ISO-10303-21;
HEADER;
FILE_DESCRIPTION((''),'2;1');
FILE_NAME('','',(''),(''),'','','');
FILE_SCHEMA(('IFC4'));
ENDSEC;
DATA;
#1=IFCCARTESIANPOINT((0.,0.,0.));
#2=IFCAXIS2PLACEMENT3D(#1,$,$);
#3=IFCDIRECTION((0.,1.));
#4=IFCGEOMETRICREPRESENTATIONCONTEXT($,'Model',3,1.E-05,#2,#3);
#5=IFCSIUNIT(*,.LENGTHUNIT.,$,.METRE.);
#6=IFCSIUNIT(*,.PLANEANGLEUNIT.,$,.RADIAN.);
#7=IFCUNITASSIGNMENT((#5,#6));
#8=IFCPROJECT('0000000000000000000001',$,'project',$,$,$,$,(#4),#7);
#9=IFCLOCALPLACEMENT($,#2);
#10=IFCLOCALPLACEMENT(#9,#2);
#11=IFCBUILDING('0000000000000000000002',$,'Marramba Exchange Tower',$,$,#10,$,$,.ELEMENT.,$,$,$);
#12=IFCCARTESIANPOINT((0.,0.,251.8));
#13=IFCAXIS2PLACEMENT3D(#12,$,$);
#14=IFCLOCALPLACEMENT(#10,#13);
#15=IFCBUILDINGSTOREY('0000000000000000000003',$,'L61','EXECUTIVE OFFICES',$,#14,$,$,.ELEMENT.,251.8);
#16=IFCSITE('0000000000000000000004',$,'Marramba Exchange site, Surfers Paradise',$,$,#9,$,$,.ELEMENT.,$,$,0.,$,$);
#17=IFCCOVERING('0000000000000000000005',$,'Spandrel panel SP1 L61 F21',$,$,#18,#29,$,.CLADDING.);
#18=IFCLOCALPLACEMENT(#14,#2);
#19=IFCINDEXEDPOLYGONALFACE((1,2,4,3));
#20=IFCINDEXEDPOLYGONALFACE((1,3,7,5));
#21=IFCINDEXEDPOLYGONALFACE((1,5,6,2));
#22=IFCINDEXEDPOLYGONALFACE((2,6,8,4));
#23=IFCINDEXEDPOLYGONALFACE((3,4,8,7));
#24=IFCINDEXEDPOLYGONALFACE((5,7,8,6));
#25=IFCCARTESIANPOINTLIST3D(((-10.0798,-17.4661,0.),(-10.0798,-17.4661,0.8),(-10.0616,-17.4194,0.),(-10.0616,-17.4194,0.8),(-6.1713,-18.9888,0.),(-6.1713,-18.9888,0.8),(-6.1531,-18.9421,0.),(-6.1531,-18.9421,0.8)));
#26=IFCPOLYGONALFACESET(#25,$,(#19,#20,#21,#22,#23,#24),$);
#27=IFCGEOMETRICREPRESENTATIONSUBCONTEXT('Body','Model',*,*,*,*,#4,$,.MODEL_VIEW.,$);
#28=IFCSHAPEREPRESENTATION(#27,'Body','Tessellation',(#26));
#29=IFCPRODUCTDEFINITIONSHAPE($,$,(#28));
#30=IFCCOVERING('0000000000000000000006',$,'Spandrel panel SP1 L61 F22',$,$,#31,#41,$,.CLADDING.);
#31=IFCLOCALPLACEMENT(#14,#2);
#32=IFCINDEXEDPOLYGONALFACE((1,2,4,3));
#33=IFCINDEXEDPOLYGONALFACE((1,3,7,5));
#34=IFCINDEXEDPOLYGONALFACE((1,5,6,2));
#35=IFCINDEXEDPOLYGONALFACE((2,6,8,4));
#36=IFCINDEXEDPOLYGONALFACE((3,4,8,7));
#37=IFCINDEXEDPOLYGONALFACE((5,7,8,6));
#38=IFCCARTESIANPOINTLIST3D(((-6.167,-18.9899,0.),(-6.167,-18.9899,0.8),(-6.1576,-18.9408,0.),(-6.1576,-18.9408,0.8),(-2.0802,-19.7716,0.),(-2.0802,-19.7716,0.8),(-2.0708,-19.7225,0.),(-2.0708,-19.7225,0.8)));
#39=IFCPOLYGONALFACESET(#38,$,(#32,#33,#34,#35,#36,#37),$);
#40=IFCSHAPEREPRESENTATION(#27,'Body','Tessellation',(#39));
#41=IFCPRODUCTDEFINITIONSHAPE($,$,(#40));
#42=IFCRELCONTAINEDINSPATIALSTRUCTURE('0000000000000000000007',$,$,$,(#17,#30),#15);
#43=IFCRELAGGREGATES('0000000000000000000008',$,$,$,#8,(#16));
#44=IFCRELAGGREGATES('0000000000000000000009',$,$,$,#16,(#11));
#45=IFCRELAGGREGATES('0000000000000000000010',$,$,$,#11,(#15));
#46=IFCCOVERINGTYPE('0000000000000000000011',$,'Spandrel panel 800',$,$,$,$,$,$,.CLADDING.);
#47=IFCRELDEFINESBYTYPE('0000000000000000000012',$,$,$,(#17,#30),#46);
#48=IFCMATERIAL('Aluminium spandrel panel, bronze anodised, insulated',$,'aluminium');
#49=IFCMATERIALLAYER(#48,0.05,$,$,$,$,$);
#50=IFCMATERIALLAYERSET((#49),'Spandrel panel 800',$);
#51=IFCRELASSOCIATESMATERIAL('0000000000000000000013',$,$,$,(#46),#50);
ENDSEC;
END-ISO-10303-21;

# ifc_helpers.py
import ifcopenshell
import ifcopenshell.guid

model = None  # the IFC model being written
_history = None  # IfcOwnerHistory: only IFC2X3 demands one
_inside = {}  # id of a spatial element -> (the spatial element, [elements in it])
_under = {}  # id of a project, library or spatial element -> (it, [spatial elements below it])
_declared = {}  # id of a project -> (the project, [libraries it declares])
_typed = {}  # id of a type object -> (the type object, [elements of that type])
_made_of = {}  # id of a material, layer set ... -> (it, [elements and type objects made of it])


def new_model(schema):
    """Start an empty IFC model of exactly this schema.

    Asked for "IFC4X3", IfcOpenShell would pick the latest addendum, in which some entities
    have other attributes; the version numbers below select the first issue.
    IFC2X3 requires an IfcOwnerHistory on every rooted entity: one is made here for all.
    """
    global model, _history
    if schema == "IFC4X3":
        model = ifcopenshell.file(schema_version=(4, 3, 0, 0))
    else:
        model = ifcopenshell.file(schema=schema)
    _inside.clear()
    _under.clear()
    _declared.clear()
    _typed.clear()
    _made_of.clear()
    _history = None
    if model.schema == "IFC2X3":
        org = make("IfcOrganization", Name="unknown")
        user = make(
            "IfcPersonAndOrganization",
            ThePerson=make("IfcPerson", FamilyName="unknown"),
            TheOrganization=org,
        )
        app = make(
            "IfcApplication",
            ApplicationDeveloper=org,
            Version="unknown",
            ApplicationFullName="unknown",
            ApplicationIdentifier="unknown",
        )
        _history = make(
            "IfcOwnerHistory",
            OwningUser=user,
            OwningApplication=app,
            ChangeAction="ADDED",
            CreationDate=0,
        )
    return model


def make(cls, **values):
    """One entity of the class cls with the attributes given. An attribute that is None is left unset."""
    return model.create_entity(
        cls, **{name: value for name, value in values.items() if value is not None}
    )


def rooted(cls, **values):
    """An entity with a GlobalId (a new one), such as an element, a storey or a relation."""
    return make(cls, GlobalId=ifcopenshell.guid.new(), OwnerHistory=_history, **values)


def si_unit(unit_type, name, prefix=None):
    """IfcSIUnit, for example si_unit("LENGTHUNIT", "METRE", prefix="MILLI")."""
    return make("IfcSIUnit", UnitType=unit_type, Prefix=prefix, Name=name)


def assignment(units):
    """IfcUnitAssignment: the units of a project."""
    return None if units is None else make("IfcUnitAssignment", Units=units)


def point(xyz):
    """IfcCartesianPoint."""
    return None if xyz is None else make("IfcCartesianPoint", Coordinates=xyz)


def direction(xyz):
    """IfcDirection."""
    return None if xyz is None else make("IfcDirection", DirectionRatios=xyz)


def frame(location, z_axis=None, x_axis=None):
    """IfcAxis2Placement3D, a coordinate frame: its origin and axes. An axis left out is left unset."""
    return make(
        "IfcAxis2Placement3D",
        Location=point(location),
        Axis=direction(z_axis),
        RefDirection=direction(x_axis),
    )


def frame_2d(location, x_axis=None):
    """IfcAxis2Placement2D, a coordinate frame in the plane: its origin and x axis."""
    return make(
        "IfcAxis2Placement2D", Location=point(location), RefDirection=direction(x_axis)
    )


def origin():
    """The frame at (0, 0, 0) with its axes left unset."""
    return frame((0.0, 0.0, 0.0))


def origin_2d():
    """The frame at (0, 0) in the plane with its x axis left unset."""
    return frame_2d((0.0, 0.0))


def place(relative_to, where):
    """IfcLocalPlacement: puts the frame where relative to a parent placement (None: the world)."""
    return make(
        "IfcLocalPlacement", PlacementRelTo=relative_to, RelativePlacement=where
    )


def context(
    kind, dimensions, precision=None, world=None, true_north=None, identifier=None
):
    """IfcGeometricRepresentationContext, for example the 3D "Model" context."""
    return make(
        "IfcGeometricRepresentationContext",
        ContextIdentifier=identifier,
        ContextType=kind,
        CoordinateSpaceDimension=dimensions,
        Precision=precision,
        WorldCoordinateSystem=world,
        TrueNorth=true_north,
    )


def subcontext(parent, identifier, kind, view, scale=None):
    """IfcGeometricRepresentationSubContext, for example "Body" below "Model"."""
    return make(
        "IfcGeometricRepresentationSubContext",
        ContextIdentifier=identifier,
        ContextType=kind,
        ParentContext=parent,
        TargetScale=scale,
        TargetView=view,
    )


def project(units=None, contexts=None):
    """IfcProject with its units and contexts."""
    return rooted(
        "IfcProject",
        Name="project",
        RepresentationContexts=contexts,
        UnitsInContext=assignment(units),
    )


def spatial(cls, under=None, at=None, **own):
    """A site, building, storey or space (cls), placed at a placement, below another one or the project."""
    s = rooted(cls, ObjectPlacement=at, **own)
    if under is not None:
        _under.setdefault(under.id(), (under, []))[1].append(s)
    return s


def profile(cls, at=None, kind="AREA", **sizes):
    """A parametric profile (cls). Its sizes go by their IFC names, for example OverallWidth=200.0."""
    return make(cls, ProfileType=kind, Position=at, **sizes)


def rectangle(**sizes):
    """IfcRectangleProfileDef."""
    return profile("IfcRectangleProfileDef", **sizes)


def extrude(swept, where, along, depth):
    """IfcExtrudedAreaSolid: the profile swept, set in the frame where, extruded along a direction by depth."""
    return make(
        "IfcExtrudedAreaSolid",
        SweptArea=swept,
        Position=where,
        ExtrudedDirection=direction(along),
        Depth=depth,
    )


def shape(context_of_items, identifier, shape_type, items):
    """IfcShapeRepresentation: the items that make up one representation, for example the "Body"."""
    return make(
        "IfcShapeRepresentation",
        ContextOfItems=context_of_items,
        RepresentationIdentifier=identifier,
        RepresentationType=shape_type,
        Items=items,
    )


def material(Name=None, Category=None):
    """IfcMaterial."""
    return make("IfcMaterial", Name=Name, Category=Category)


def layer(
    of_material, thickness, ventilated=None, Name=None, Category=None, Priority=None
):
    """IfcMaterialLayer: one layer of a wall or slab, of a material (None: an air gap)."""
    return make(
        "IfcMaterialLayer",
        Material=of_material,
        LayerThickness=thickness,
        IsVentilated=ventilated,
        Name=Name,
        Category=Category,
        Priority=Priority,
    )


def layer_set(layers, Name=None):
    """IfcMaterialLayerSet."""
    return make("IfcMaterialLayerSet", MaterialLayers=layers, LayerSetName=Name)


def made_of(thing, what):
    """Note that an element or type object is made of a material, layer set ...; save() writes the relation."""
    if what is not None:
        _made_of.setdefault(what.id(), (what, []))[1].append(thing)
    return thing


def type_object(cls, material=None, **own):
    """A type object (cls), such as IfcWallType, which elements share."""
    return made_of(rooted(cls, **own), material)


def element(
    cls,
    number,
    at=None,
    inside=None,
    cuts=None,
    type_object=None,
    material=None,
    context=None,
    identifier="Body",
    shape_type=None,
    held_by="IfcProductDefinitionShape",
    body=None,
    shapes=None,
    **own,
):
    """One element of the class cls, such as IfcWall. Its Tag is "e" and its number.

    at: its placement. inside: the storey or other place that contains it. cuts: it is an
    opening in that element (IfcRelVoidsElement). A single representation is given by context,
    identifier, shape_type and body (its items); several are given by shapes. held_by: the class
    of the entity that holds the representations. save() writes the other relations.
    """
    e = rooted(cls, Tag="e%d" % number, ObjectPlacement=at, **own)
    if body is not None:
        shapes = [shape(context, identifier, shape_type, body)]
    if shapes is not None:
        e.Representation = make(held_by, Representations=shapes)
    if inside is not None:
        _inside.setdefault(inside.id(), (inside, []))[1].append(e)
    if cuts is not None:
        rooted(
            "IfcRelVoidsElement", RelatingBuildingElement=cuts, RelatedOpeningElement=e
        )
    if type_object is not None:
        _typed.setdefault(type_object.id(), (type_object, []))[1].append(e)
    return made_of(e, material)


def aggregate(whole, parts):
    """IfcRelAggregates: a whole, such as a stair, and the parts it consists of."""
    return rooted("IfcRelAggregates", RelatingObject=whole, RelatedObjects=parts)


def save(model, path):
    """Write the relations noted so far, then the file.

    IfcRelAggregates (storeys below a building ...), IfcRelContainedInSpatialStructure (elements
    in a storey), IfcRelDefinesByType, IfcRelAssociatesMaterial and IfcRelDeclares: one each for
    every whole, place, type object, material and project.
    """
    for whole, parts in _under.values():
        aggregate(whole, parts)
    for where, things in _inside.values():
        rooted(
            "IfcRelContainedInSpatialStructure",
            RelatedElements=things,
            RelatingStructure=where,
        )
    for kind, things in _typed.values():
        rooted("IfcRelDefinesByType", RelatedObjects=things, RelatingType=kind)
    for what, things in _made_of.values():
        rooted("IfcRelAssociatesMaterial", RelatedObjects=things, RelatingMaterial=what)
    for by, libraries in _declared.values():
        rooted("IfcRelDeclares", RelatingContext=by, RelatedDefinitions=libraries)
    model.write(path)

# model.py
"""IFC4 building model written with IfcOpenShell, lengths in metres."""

from ifc_helpers import new_model, si_unit, direction, frame, origin, origin_2d, place, context, subcontext, project, spatial, rectangle, extrude, material, layer, layer_set, type_object, element, save


model = new_model("IFC4")

# Units and contexts
model_context = context("Model", 3, precision=1e-05, world=origin(), true_north=direction((0.0, 1.0)))
body_context = subcontext(model_context, "Body", "Model", "MODEL_VIEW")
ifc_project = project(units=[si_unit("LENGTHUNIT", "METRE"), si_unit("PLANEANGLEUNIT", "RADIAN")], contexts=[model_context])

# Site, building, storey
site_placement = place(None, origin())
site = spatial("IfcSite", under=ifc_project, at=site_placement, Name="Marramba Exchange site, Surfers Paradise", CompositionType="ELEMENT", RefElevation=0.0)
building_placement = place(site_placement, origin())
building = spatial("IfcBuilding", under=site, at=building_placement, Name="Marramba Exchange Tower", CompositionType="ELEMENT")
storey_placement = place(building_placement, frame((0.0, 0.0, 251.8)))
storey = spatial("IfcBuildingStorey", under=building, at=storey_placement, Name="L61", Description="EXECUTIVE OFFICES", CompositionType="ELEMENT", Elevation=251.8)

# Coverings
ifc_material_1 = material(Name="Aluminium spandrel panel, bronze anodised, insulated", Category="aluminium")
ifc_layer_1 = layer(ifc_material_1, 0.05)
ifc_layer_set_1 = layer_set([ifc_layer_1], Name="Spandrel panel 800")
covering_type = type_object("IfcCoveringType", Name="Spandrel panel 800", PredefinedType="CLADDING", material=ifc_layer_set_1)
covering_1_placement = place(storey_placement, frame((-8.1165, -18.2041, 0.0), z_axis=(0.0, 0.0, 1.0), x_axis=(0.931785, -0.36301, 0.0)))
element("IfcCovering", 1, at=covering_1_placement, inside=storey, type_object=covering_type, Name="Spandrel panel SP1 L61 F21", PredefinedType="CLADDING", context=body_context, shape_type="SweptSolid", body=[
    extrude(rectangle(XDim=4.1946, YDim=0.05, at=origin_2d()), origin(), (0.0, 0.0, 1.0), 0.8),
])
covering_2_placement = place(storey_placement, frame((-4.1189, -19.3562, 0.0), z_axis=(0.0, 0.0, 1.0), x_axis=(0.982193, -0.187873, 0.0)))
element("IfcCovering", 2, at=covering_2_placement, inside=storey, type_object=covering_type, Name="Spandrel panel SP1 L61 F22", PredefinedType="CLADDING", context=body_context, shape_type="SweptSolid", body=[
    extrude(rectangle(XDim=4.1609, YDim=0.05, at=origin_2d()), origin(), (0.0, 0.0, 1.0), 0.8),
])

save(model, "model.ifc")
